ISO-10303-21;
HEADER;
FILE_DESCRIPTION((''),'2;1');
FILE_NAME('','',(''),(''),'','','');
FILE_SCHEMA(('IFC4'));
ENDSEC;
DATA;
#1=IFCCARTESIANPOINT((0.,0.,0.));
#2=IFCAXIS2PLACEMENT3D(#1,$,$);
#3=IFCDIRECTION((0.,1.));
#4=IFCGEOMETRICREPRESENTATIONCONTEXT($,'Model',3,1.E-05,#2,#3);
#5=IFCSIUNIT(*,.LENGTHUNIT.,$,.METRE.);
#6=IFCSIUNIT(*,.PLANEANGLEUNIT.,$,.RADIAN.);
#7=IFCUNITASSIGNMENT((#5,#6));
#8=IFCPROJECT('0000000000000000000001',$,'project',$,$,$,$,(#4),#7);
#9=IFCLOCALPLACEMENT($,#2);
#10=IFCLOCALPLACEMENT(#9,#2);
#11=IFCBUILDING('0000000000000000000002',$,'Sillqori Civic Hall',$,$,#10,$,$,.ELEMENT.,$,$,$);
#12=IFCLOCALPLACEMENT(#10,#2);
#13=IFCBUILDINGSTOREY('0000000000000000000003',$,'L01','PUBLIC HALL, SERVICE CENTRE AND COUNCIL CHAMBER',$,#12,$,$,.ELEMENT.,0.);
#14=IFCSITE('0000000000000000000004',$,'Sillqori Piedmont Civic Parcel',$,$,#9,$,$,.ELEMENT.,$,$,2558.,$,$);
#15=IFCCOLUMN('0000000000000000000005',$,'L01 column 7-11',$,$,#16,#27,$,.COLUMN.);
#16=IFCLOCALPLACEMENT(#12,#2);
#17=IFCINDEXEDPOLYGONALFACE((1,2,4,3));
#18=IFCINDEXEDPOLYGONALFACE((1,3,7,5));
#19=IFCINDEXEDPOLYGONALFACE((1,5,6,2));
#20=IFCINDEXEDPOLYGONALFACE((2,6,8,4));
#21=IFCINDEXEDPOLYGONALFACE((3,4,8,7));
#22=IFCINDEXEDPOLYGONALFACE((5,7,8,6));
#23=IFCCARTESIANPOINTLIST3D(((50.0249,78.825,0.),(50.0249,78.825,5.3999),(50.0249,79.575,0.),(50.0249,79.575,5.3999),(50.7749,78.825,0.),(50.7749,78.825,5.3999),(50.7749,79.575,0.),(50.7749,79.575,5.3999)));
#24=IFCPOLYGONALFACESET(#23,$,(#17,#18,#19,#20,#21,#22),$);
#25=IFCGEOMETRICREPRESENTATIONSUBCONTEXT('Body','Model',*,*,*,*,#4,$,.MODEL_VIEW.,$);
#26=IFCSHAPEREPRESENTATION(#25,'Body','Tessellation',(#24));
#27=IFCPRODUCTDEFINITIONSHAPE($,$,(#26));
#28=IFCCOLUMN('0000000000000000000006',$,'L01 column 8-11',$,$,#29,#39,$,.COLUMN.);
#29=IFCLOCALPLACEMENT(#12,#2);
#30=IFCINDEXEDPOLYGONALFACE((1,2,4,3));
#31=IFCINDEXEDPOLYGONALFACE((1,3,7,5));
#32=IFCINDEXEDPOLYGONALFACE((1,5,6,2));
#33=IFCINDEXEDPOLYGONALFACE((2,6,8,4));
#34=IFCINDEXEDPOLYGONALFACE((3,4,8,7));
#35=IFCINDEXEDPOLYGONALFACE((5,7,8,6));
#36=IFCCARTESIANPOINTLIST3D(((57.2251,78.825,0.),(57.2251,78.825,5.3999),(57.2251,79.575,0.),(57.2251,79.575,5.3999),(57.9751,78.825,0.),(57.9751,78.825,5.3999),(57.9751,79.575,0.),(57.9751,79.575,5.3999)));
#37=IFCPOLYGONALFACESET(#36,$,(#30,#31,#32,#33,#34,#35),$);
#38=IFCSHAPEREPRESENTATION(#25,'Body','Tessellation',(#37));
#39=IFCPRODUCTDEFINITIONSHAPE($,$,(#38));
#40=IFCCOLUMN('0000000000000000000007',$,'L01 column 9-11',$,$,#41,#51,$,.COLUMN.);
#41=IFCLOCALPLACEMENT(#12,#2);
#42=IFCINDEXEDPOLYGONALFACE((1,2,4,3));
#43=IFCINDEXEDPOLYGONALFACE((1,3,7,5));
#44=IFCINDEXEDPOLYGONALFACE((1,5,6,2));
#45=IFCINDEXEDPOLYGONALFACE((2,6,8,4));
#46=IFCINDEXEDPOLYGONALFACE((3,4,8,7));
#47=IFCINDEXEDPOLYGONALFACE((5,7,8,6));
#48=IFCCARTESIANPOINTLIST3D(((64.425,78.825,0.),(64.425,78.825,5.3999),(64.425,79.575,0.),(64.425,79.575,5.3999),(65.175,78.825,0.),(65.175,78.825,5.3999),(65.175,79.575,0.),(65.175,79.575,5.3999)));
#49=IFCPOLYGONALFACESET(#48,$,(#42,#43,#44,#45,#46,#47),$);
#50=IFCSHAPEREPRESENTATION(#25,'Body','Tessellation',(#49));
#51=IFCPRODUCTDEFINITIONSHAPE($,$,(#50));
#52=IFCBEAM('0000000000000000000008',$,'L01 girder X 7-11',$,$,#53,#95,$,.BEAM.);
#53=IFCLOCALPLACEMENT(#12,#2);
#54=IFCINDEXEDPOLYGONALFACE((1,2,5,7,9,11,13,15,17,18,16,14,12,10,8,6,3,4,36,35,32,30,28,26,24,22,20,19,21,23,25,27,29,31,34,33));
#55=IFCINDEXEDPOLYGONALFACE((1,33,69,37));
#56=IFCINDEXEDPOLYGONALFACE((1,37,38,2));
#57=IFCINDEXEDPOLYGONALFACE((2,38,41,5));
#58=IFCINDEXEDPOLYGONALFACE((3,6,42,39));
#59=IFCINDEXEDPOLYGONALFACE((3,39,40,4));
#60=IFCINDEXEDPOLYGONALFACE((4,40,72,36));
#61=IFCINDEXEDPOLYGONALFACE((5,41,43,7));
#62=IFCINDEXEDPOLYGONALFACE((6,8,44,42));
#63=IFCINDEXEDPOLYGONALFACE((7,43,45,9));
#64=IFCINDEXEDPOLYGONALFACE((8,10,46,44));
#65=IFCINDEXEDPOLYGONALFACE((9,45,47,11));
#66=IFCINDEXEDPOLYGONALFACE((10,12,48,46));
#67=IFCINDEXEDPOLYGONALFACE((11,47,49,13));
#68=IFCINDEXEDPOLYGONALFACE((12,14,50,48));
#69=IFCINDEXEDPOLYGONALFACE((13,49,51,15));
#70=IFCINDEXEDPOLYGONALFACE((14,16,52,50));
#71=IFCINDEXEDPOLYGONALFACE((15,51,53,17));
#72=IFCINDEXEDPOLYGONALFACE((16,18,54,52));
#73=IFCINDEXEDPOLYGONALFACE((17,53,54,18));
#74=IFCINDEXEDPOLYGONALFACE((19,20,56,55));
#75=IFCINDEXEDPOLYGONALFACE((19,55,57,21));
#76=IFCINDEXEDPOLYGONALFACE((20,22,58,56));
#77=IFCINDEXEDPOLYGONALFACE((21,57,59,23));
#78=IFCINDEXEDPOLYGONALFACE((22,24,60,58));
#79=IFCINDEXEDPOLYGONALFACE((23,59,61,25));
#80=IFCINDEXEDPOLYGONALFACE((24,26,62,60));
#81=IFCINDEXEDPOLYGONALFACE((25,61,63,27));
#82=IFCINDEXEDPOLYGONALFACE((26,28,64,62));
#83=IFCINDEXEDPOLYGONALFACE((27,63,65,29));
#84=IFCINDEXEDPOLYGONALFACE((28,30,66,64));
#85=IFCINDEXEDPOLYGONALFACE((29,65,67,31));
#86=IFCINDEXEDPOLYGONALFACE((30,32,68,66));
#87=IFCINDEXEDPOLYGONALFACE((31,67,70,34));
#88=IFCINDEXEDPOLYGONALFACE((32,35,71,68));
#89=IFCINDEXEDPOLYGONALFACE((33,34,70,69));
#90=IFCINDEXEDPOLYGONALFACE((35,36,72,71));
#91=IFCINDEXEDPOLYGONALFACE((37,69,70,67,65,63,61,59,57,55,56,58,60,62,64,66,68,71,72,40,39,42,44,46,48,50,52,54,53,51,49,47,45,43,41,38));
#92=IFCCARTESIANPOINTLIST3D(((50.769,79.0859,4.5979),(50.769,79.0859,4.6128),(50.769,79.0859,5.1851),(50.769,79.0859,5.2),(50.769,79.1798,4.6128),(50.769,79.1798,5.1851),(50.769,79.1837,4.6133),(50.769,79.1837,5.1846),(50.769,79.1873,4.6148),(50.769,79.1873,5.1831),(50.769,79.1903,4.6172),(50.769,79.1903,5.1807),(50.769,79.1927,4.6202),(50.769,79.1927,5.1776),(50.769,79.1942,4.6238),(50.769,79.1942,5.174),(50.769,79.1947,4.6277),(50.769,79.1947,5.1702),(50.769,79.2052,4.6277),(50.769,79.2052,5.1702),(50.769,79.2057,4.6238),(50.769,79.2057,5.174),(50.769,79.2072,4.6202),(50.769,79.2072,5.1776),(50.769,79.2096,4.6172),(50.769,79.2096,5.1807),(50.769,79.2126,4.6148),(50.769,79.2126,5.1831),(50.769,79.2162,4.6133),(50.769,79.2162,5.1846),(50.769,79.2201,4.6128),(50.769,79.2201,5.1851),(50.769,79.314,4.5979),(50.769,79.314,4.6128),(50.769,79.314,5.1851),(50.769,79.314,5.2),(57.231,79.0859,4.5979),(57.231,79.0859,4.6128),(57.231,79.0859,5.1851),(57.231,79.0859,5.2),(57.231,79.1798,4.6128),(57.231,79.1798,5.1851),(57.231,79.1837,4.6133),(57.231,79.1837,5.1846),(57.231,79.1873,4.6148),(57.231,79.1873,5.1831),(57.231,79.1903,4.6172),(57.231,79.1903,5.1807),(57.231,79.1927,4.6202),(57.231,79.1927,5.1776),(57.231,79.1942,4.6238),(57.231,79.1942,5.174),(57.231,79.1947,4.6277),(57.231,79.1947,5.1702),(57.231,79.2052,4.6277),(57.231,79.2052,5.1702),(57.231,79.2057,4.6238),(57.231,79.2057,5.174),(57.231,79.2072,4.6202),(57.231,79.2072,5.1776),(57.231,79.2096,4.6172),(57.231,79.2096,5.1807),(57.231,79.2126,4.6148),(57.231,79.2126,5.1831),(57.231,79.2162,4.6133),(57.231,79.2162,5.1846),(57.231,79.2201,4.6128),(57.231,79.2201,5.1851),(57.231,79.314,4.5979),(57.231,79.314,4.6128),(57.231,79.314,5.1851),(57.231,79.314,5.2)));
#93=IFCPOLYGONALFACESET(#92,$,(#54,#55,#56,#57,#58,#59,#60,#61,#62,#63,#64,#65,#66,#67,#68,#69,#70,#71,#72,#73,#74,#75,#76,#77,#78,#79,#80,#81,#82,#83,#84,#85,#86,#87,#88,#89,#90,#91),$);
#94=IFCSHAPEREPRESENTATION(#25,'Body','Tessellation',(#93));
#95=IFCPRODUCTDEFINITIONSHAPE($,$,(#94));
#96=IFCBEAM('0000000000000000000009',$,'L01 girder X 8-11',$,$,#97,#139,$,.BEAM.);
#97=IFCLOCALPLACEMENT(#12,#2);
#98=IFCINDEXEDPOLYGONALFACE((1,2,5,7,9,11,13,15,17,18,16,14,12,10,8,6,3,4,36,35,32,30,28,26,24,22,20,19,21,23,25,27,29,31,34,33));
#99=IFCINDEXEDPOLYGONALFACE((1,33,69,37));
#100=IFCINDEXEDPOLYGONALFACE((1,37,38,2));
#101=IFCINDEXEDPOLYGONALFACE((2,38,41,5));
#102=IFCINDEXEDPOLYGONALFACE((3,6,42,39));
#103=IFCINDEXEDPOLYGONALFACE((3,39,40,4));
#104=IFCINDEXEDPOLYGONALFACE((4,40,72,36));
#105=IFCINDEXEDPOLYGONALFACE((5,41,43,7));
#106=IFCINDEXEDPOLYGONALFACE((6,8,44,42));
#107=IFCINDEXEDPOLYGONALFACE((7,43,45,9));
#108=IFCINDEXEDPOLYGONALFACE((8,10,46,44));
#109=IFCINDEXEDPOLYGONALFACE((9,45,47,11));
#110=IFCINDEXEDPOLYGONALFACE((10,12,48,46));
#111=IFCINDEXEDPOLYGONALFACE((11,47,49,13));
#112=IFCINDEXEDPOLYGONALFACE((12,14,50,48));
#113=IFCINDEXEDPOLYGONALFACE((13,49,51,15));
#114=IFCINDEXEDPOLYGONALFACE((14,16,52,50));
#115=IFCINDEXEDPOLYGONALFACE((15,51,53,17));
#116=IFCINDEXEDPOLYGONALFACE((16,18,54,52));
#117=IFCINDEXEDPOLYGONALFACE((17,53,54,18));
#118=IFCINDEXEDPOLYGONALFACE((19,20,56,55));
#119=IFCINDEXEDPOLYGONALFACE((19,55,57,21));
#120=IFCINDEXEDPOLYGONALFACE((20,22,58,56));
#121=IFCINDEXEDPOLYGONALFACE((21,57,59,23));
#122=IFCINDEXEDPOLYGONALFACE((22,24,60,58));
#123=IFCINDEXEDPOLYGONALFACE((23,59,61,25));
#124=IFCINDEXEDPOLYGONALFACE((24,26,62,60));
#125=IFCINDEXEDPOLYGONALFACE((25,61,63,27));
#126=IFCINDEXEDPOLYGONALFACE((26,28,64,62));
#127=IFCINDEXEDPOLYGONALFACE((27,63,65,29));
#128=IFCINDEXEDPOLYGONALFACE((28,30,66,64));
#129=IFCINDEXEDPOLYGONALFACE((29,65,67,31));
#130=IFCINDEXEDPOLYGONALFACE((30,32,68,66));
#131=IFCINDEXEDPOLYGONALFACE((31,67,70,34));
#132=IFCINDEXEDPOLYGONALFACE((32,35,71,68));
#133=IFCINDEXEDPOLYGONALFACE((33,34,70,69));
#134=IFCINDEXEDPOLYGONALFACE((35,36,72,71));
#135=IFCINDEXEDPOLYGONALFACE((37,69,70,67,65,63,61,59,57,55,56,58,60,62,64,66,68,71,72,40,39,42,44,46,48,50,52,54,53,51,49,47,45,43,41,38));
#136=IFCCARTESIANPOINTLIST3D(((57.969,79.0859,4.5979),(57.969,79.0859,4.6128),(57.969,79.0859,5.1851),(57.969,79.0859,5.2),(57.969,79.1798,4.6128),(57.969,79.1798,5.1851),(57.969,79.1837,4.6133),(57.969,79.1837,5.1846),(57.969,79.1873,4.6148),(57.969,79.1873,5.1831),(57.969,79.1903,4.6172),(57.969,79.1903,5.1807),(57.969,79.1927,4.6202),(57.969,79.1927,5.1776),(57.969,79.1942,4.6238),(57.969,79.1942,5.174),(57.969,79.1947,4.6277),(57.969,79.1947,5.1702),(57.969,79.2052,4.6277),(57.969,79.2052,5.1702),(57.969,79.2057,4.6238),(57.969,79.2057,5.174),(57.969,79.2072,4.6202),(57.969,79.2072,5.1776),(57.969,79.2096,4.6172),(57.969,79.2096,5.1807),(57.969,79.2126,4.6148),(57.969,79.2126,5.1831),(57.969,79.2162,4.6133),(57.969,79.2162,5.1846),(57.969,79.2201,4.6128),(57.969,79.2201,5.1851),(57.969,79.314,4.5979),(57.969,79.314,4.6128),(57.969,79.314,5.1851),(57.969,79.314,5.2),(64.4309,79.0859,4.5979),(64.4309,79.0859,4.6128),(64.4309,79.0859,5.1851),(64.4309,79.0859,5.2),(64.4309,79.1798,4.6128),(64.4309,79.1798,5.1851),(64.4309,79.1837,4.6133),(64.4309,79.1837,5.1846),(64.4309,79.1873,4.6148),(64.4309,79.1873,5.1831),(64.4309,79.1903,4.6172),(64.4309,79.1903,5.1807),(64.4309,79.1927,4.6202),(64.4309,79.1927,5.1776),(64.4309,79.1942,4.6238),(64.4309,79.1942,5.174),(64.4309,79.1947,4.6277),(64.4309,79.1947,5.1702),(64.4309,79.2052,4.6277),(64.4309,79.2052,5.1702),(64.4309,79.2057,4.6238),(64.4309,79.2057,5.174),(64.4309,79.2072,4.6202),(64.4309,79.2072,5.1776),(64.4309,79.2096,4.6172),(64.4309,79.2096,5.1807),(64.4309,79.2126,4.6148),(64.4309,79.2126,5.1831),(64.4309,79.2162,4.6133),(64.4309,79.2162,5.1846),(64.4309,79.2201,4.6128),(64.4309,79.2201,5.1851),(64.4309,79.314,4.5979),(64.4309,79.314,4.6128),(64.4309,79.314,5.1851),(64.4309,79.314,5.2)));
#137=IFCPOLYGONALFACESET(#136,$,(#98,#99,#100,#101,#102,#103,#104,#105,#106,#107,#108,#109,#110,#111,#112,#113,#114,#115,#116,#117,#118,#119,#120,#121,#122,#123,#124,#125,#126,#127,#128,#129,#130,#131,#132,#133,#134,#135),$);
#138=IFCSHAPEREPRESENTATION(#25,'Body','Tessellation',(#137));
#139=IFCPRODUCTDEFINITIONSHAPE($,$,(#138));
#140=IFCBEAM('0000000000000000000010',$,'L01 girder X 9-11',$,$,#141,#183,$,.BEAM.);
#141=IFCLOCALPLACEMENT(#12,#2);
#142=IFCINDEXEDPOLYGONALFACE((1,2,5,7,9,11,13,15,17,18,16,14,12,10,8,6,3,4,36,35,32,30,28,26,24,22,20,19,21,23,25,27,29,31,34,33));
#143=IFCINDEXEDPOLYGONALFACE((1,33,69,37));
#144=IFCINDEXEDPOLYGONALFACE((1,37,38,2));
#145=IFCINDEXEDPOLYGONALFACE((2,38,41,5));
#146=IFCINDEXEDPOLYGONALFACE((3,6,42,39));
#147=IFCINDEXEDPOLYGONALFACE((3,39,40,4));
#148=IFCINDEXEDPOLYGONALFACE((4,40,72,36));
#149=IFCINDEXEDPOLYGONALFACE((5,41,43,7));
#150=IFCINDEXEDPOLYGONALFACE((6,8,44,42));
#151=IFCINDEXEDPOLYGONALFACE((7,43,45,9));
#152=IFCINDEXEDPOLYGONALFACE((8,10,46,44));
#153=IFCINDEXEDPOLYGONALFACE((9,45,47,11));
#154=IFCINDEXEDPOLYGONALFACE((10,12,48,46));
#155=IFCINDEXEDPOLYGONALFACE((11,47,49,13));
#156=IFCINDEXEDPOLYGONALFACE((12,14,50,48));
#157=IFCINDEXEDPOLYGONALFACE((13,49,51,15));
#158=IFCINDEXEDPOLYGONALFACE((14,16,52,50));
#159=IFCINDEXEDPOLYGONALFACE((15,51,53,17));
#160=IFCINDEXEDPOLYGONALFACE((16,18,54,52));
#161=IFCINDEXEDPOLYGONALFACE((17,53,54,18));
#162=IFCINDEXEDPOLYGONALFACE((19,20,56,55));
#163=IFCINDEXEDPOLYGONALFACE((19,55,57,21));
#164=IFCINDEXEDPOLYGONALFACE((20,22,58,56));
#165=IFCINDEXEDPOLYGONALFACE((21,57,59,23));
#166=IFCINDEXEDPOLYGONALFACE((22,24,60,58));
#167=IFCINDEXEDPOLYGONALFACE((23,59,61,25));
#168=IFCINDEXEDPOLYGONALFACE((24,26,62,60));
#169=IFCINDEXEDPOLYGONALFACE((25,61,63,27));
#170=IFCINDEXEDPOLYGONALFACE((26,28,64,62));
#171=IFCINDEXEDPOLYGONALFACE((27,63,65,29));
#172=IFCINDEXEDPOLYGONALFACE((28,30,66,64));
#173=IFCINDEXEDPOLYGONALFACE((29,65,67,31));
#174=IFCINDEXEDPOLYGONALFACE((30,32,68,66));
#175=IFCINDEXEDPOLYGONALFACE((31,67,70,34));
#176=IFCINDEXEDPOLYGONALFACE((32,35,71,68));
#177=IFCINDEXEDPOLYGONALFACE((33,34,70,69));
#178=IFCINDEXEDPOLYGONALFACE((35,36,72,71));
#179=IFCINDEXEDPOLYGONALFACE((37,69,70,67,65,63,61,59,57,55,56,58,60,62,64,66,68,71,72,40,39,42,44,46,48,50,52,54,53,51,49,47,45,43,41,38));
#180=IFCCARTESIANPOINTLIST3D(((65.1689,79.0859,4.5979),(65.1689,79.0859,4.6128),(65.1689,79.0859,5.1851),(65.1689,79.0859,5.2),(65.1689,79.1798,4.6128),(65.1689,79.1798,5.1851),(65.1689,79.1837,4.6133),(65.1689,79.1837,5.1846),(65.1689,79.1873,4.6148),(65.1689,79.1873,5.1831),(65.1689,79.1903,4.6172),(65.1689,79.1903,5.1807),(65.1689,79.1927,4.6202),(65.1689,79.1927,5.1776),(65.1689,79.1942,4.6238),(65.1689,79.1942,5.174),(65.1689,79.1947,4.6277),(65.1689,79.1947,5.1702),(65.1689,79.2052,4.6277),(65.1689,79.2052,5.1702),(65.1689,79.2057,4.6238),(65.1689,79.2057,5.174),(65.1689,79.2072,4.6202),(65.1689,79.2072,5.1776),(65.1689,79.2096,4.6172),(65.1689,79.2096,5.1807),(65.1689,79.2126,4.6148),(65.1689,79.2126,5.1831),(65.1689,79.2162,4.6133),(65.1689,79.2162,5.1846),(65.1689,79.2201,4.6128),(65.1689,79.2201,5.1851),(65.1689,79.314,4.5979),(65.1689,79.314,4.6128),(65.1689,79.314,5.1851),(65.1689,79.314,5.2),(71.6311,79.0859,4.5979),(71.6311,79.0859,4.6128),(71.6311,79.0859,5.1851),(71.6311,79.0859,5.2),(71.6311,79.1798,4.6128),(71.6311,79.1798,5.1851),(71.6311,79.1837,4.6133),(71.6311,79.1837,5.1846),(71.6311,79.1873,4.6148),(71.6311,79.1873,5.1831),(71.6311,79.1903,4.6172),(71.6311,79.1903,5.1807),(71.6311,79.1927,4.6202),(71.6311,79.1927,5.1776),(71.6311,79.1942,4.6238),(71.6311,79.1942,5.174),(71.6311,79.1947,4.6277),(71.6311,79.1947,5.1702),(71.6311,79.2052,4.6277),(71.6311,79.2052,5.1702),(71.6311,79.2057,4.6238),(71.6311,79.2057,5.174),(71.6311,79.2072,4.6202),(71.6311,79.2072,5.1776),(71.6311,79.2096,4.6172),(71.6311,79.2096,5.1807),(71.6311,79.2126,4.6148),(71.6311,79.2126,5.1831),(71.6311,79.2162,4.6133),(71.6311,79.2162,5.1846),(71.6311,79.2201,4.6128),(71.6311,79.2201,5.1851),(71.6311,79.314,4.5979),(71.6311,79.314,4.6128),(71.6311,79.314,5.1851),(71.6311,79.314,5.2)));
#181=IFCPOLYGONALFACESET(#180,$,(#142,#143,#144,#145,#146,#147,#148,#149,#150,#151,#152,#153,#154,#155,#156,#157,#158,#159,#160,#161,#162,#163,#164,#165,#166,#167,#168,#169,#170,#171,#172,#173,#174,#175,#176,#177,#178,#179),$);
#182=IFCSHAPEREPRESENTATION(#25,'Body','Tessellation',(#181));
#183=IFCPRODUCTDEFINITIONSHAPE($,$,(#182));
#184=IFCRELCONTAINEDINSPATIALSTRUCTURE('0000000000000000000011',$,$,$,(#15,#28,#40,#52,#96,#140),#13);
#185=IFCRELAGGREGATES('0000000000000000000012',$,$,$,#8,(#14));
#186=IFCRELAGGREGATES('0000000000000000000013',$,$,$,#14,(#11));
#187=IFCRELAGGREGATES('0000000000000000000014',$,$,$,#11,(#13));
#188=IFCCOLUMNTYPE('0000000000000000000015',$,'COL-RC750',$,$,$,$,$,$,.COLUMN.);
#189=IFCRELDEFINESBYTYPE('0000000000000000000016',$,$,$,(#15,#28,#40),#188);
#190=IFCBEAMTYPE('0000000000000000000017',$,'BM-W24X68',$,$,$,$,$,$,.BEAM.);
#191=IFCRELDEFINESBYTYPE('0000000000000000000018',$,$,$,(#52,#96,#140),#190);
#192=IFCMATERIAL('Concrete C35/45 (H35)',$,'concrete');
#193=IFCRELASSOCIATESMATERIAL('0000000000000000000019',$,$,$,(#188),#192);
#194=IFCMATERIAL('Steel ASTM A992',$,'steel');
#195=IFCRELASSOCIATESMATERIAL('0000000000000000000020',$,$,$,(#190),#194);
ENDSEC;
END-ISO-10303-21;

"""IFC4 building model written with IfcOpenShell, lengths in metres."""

from ifc_helpers import new_model, si_unit, direction, frame, origin, origin_2d, place, context, subcontext, project, spatial, rectangle, i_section, extrude, material, material_profile, profile_set, type_object, element, save


model = new_model("IFC4")

# Units and contexts
model_context = context("Model", 3, precision=1e-05, world=origin(), true_north=direction((0.0, 1.0)))
body_context = subcontext(model_context, "Body", "Model", "MODEL_VIEW")
ifc_project = project(units=[si_unit("LENGTHUNIT", "METRE"), si_unit("PLANEANGLEUNIT", "RADIAN")], contexts=[model_context])

# Site, building, storey
site_placement = place(None, origin())
site = spatial("IfcSite", under=ifc_project, at=site_placement, Name="Sillqori Piedmont Civic Parcel", CompositionType="ELEMENT", RefElevation=2558.0)
building_placement = place(site_placement, origin())
building = spatial("IfcBuilding", under=site, at=building_placement, Name="Sillqori Civic Hall", CompositionType="ELEMENT")
storey_placement = place(building_placement, origin())
storey = spatial("IfcBuildingStorey", under=building, at=storey_placement, Name="L01", Description="PUBLIC HALL, SERVICE CENTRE AND COUNCIL CHAMBER", CompositionType="ELEMENT", Elevation=0.0)

# Columns
ifc_material_1 = material(Name="Concrete C35/45 (H35)", Category="concrete")
ifc_material_profile_1 = material_profile(ifc_material_1, rectangle(XDim=0.75, YDim=0.75, at=origin_2d()), Name="RC 750x750")
ifc_profile_set_1 = profile_set([ifc_material_profile_1], Name="Concrete C35/45 (H35)")
column_type = type_object("IfcColumnType", Name="COL-RC750", PredefinedType="COLUMN", material=ifc_profile_set_1)
for number, where, z_axis, x_axis, name in (
    (1, (50.3999, 79.2, 0.0), (0.0, 0.0, 1.0), (1.0, 0.0, 0.0), "L01 column 7-11"),
    (2, (57.6001, 79.2, 0.0), (0.0, 0.0, 1.0), (1.0, 0.0, 0.0), "L01 column 8-11"),
    (3, (64.8, 79.2, 0.0), (0.0, 0.0, 1.0), (1.0, 0.0, 0.0), "L01 column 9-11"),
):
    element("IfcColumn", number, at=place(storey_placement, frame(where, z_axis=z_axis, x_axis=x_axis)), inside=storey, type_object=column_type, Name=name, PredefinedType="COLUMN", context=body_context, shape_type="SweptSolid", body=[
        extrude(rectangle(XDim=0.75, YDim=0.75, at=origin_2d()), origin(), (0.0, 0.0, 1.0), 5.3999),
    ])

# Beams
ifc_material_2 = material(Name="Steel ASTM A992", Category="steel")
ifc_material_profile_2 = material_profile(ifc_material_2, i_section(OverallWidth=0.228, OverallDepth=0.6021, WebThickness=0.0105, FlangeThickness=0.0149, FilletRadius=0.0149, at=origin_2d()), Name="W24X68")
ifc_profile_set_2 = profile_set([ifc_material_profile_2], Name="Steel ASTM A992")
beam_type_1 = type_object("IfcBeamType", Name="BM-W24X68", PredefinedType="BEAM", material=ifc_profile_set_2)
for number, where, z_axis, x_axis, name in (
    (4, (50.769, 79.2, 4.8989), (1.0, 0.0, 0.0), (0.0, 1.0, 0.0), "L01 girder X 7-11"),
    (5, (57.969, 79.2, 4.8989), (1.0, 0.0, 0.0), (0.0, 1.0, 0.0), "L01 girder X 8-11"),
):
    element("IfcBeam", number, at=place(storey_placement, frame(where, z_axis=z_axis, x_axis=x_axis)), inside=storey, type_object=beam_type_1, Name=name, PredefinedType="BEAM", context=body_context, shape_type="SweptSolid", body=[
        extrude(i_section(OverallWidth=0.228, OverallDepth=0.6021, WebThickness=0.0105, FlangeThickness=0.0149, FilletRadius=0.0149, at=origin_2d()), origin(), (0.0, 0.0, 1.0), 6.4619),
    ])
beam_placement = place(storey_placement, frame((65.1689, 79.2, 4.8989), z_axis=(1.0, 0.0, 0.0), x_axis=(0.0, 1.0, 0.0)))
element("IfcBeam", 6, at=beam_placement, inside=storey, type_object=beam_type_1, Name="L01 girder X 9-11", PredefinedType="BEAM", context=body_context, shape_type="SweptSolid", body=[
    extrude(i_section(OverallWidth=0.228, OverallDepth=0.6021, WebThickness=0.0105, FlangeThickness=0.0149, FilletRadius=0.0149, at=origin_2d()), origin(), (0.0, 0.0, 1.0), 6.4622),
])

save(model, "model.ifc")
